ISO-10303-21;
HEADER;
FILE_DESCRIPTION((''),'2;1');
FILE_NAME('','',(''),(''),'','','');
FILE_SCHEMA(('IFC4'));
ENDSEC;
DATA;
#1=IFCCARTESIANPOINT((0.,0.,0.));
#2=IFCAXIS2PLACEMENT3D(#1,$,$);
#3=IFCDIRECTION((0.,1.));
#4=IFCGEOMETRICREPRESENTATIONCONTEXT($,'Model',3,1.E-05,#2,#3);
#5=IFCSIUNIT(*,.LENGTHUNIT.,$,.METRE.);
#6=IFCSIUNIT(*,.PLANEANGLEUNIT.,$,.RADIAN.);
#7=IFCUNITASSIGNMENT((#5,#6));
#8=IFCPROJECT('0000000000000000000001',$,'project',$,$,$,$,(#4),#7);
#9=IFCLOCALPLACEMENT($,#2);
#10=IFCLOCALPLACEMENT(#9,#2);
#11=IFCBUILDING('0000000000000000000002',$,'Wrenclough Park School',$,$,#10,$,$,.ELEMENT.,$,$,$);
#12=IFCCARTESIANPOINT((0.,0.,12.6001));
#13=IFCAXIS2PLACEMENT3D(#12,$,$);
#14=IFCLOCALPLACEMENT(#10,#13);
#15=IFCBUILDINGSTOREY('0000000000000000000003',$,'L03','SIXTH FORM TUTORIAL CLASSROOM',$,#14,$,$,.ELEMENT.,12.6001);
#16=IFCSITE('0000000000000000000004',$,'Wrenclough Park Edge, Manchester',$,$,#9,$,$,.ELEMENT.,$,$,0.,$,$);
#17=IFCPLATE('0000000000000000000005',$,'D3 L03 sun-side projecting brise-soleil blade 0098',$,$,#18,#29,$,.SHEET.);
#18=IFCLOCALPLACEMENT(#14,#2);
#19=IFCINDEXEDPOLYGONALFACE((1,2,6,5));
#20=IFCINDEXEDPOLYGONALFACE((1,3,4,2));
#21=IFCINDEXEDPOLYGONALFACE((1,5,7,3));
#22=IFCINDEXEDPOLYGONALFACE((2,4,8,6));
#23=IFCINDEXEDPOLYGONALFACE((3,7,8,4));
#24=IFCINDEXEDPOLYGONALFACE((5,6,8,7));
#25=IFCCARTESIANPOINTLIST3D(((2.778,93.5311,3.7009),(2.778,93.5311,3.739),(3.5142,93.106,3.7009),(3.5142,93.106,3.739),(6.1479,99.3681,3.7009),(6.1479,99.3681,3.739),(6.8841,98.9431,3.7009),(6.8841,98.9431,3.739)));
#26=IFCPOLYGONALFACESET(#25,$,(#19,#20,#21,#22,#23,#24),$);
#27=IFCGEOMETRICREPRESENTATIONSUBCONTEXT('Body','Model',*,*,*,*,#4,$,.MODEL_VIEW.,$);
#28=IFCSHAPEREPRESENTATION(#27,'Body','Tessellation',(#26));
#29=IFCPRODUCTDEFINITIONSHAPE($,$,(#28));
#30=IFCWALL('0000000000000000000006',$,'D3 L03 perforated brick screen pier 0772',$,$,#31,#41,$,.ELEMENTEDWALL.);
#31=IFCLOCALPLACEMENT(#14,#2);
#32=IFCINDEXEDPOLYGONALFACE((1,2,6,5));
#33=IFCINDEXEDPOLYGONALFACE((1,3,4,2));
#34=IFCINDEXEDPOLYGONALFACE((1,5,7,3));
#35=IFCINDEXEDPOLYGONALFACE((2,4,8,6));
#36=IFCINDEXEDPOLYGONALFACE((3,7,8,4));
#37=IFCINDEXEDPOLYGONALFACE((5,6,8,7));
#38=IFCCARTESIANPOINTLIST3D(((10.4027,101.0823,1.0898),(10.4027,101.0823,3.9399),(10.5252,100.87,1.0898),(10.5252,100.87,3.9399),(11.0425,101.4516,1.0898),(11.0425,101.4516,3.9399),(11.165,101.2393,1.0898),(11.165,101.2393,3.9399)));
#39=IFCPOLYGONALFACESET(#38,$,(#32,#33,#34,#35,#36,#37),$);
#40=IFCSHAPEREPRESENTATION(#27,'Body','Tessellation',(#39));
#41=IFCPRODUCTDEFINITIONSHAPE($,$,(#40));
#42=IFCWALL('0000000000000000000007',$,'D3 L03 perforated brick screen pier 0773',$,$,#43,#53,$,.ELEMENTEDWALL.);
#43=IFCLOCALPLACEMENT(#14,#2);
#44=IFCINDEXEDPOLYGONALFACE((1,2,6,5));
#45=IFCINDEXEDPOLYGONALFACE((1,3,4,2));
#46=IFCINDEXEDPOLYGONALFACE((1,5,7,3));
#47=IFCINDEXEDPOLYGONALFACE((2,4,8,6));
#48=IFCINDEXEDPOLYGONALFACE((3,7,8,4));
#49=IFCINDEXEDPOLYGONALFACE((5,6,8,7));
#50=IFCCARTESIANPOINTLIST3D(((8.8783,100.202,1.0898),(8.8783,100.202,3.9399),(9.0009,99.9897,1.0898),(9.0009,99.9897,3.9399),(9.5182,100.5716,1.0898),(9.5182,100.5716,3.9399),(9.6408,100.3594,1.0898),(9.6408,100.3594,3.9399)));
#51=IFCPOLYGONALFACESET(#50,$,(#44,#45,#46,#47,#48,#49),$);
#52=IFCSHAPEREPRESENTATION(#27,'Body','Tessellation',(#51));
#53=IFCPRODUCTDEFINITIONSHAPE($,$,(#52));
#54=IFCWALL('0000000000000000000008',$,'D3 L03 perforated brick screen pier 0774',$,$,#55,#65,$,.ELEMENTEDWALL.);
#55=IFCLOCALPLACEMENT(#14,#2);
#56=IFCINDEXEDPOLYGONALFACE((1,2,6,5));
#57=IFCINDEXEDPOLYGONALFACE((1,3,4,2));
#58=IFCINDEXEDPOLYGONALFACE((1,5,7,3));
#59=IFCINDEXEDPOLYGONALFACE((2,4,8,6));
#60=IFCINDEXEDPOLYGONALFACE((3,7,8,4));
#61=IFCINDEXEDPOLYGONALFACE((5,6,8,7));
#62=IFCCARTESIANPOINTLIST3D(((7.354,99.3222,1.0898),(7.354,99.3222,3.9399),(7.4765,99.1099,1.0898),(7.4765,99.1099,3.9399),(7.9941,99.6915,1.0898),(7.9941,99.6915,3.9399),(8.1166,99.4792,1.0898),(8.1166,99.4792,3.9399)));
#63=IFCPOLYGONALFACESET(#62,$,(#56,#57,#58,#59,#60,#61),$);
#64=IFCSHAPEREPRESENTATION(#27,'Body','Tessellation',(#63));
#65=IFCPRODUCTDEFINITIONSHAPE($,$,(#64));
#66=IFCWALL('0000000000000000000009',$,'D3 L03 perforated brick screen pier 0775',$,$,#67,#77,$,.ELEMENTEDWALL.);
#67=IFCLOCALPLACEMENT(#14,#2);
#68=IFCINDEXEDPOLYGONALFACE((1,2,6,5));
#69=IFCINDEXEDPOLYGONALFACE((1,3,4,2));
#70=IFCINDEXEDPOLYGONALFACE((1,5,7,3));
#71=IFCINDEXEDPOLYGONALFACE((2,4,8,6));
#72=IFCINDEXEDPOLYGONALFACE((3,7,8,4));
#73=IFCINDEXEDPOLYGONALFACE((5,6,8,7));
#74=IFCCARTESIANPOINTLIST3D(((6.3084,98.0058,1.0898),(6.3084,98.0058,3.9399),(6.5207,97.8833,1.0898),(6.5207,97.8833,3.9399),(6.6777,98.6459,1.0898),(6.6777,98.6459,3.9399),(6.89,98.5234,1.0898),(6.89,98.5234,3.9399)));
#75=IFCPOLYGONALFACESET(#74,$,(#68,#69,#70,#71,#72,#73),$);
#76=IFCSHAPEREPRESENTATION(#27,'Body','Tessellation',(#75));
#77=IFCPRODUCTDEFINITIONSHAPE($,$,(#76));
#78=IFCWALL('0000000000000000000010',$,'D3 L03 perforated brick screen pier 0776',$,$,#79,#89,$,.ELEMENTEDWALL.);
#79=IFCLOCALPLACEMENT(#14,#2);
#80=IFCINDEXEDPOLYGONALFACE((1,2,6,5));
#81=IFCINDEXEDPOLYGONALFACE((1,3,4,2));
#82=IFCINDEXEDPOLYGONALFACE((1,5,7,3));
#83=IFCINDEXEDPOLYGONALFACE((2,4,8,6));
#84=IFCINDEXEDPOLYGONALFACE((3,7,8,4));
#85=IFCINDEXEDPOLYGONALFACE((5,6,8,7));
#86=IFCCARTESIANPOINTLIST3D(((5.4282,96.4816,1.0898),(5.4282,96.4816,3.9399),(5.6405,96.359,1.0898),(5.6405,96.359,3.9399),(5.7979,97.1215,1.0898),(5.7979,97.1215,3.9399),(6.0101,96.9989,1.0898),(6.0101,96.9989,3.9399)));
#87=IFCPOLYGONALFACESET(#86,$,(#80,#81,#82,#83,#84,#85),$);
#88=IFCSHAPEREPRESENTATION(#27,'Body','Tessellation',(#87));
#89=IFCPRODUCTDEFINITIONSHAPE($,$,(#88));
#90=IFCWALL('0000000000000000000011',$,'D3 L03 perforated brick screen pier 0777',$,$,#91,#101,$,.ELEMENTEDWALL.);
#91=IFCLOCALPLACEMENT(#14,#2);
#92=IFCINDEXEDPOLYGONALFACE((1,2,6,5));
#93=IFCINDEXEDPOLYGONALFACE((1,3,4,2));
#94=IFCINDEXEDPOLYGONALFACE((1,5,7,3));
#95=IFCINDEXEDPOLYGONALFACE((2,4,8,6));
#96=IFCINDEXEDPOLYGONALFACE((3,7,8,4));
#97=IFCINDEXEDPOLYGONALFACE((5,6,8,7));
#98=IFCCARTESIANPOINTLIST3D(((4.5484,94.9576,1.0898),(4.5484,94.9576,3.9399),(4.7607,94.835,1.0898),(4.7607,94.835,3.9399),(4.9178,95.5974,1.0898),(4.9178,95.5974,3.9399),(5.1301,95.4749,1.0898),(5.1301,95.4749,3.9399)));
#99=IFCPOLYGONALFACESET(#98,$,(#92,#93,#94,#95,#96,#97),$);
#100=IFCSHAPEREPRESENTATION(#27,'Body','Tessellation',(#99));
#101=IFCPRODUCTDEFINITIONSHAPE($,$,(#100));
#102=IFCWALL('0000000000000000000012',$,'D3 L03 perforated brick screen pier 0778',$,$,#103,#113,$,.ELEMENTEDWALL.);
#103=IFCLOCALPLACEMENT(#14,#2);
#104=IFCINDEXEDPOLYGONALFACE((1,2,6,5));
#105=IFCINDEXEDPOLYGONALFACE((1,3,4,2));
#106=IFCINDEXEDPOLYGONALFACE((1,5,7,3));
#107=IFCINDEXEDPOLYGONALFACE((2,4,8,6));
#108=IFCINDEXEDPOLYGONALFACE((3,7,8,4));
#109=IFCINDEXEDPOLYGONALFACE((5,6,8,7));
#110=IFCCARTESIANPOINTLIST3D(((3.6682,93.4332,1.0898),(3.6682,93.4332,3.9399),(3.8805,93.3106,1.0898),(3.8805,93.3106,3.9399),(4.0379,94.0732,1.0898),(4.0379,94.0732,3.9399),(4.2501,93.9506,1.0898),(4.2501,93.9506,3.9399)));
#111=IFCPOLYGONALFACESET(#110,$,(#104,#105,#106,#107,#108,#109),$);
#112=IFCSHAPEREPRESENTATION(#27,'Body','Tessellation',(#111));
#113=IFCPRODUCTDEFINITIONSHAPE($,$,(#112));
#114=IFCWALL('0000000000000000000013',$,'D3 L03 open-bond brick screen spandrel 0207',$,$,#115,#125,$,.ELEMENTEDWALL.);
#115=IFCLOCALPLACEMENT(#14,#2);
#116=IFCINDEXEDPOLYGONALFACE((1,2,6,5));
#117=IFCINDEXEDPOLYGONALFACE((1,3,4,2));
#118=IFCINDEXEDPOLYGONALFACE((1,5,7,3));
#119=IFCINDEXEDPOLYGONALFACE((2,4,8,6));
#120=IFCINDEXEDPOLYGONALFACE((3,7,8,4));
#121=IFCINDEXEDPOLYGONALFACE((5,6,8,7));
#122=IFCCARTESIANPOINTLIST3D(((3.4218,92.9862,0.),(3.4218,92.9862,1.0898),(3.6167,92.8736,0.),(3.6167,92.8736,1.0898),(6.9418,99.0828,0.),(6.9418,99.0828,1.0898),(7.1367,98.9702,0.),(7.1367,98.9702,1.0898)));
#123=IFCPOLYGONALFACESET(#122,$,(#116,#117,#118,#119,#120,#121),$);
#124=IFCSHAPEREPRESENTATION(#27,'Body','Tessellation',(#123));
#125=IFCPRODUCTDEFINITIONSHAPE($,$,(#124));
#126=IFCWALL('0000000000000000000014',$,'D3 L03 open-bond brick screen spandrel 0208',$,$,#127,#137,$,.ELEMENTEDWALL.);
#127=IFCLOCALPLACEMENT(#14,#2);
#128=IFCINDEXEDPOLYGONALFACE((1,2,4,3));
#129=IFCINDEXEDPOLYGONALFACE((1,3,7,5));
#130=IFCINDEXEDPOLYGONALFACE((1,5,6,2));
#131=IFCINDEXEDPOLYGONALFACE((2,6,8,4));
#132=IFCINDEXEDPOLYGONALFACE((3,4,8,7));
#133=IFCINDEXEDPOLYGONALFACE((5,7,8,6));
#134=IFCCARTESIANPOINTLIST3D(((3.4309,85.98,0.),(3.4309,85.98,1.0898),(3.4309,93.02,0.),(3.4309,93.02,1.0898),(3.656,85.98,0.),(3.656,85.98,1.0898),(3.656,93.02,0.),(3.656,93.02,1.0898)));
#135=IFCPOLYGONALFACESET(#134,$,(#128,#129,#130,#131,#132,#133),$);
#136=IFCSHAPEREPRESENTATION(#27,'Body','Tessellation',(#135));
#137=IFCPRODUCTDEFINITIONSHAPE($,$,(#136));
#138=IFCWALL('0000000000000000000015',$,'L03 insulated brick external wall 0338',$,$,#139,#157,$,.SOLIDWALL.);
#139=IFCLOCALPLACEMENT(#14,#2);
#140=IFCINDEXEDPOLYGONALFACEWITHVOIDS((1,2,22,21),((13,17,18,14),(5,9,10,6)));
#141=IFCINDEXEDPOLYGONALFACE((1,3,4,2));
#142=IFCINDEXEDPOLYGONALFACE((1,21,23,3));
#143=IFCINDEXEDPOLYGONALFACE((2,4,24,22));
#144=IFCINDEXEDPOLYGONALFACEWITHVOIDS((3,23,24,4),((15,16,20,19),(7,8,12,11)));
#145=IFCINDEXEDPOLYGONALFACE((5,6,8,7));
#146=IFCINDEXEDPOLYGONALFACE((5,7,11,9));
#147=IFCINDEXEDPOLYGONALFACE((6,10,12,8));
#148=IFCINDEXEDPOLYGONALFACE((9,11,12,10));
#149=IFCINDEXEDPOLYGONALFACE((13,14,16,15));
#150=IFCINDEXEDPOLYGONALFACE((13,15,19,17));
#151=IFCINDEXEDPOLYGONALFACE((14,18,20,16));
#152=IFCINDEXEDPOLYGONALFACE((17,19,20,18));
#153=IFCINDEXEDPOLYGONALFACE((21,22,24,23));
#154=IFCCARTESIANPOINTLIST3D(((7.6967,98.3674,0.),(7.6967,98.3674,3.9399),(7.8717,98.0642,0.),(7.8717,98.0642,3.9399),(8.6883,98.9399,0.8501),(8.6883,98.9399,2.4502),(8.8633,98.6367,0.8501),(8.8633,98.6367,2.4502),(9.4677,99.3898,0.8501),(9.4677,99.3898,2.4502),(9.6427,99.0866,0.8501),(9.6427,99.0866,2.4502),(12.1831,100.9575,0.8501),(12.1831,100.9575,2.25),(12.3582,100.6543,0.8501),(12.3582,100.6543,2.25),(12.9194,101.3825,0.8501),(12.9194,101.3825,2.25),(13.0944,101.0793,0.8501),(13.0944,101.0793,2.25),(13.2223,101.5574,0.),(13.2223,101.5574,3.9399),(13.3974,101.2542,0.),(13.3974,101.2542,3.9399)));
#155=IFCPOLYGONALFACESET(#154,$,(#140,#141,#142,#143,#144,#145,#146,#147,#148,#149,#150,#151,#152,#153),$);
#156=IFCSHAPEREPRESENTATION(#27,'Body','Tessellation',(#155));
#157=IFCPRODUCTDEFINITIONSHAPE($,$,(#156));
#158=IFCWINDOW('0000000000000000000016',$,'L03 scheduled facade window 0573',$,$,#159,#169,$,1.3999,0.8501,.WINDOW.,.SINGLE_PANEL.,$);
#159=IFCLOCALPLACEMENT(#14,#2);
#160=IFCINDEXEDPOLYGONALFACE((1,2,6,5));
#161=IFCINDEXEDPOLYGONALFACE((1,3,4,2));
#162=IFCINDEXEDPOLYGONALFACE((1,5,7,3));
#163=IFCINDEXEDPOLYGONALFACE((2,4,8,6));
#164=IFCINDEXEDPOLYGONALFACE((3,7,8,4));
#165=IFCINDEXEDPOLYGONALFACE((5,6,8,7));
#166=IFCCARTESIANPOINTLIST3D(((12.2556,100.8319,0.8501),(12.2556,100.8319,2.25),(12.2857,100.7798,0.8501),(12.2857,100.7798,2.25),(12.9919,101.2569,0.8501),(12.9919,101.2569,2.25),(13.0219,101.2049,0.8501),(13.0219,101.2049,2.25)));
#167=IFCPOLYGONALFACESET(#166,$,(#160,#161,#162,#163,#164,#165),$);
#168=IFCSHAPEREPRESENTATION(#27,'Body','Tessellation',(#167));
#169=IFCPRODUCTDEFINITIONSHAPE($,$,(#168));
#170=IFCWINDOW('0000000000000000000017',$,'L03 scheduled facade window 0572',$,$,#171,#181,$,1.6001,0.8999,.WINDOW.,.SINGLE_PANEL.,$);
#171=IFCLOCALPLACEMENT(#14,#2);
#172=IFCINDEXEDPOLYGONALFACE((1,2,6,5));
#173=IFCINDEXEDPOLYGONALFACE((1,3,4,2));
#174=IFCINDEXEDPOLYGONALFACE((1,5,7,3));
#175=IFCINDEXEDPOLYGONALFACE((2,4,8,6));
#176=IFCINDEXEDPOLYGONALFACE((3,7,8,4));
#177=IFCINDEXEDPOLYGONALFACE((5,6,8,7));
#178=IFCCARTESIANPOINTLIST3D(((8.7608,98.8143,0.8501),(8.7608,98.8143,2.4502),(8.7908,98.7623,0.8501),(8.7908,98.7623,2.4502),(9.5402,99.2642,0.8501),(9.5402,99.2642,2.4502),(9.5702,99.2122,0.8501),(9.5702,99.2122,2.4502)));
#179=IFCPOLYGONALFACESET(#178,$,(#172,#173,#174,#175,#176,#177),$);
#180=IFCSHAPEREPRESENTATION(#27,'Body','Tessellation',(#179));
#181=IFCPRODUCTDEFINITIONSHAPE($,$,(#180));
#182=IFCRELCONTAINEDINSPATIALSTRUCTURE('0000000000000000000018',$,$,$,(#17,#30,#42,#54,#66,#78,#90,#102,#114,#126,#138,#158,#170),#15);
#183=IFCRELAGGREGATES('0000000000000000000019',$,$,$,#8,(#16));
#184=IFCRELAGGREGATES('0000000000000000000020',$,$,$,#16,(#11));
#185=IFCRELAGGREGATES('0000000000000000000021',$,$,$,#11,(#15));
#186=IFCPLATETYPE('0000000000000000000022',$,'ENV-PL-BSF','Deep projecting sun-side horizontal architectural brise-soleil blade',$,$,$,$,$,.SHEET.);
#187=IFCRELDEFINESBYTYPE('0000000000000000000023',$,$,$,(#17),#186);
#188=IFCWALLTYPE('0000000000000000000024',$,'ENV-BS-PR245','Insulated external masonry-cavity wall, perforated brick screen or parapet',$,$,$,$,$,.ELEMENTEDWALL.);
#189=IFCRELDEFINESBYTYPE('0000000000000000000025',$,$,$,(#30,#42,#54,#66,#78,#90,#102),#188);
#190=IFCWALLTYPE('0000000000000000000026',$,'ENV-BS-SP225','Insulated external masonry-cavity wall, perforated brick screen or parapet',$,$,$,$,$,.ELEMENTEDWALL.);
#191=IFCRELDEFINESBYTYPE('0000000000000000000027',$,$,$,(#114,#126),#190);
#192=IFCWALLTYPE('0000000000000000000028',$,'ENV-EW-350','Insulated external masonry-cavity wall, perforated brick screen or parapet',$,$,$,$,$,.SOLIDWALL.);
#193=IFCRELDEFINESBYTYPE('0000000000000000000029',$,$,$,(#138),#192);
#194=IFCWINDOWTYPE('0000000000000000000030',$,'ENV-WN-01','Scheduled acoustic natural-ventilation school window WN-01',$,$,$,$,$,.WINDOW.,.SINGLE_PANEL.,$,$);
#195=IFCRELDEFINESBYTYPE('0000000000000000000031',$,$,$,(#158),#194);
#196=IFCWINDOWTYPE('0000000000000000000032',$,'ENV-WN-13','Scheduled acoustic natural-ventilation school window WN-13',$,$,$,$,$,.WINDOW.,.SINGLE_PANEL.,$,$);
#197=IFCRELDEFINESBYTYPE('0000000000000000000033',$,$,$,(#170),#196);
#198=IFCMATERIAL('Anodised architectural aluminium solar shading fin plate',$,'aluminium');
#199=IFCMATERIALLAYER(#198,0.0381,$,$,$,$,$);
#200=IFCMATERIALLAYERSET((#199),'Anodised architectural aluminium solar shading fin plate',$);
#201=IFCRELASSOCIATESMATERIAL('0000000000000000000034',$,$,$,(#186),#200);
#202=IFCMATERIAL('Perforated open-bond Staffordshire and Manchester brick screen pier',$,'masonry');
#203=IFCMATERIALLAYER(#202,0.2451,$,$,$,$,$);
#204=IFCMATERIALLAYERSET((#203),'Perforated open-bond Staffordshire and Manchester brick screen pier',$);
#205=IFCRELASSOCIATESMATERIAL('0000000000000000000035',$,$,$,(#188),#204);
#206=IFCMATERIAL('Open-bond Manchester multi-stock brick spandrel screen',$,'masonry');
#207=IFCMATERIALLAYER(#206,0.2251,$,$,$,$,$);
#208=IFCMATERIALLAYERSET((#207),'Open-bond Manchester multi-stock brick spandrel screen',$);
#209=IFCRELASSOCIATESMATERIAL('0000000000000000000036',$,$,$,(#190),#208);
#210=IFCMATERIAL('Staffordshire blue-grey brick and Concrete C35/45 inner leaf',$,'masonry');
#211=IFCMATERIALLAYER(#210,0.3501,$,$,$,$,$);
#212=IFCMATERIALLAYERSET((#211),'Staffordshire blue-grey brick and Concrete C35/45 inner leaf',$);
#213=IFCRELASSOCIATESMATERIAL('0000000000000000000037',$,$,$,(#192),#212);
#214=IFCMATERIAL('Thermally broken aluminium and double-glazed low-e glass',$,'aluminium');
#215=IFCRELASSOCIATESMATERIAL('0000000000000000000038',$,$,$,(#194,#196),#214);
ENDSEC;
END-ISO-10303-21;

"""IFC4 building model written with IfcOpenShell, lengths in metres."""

from ifc_helpers import new_model, si_unit, direction, frame, frame_2d, origin, origin_2d, place, context, subcontext, project, spatial, rectangle, extrude, material, layer, layer_set, type_object, element, fill, save


model = new_model("IFC4")

# Units and contexts
model_context = context("Model", 3, precision=1e-05, world=origin(), true_north=direction((0.0, 1.0)))
body_context = subcontext(model_context, "Body", "Model", "MODEL_VIEW")
ifc_project = project(units=[si_unit("LENGTHUNIT", "METRE"), si_unit("PLANEANGLEUNIT", "RADIAN")], contexts=[model_context])

# Site, building, storey
site_placement = place(None, origin())
site = spatial("IfcSite", under=ifc_project, at=site_placement, Name="Wrenclough Park Edge, Manchester", CompositionType="ELEMENT", RefElevation=0.0)
building_placement = place(site_placement, origin())
building = spatial("IfcBuilding", under=site, at=building_placement, Name="Wrenclough Park School", CompositionType="ELEMENT")
storey_placement = place(building_placement, frame((0.0, 0.0, 12.6001)))
storey = spatial("IfcBuildingStorey", under=building, at=storey_placement, Name="L03", Description="SIXTH FORM TUTORIAL CLASSROOM", CompositionType="ELEMENT", Elevation=12.6001)

# Plate
ifc_material_1 = material(Name="Anodised architectural aluminium solar shading fin plate", Category="aluminium")
ifc_layer_1 = layer(ifc_material_1, 0.0381)
ifc_layer_set_1 = layer_set([ifc_layer_1], Name="Anodised architectural aluminium solar shading fin plate")
plate_type = type_object("IfcPlateType", Name="ENV-PL-BSF", Description="Deep projecting sun-side horizontal architectural brise-soleil blade", PredefinedType="SHEET", material=ifc_layer_set_1)
plate_placement = place(storey_placement, frame((4.8311, 96.2371, 3.7009), z_axis=(0.0, 0.0, 1.0), x_axis=(-0.499991, -0.866031, 0.0)))
element("IfcPlate", 1, at=plate_placement, inside=storey, type_object=plate_type, Name="D3 L03 sun-side projecting brise-soleil blade 0098", PredefinedType="SHEET", context=body_context, shape_type="SweptSolid", body=[
    extrude(rectangle(XDim=6.74, YDim=0.8501, at=origin_2d()), origin(), (0.0, 0.0, 1.0), 0.0381),
])

# Walls
ifc_material_2 = material(Name="Perforated open-bond Staffordshire and Manchester brick screen pier", Category="masonry")
ifc_layer_2 = layer(ifc_material_2, 0.2451)
ifc_layer_set_2 = layer_set([ifc_layer_2], Name="Perforated open-bond Staffordshire and Manchester brick screen pier")
wall_type_1 = type_object("IfcWallType", Name="ENV-BS-PR245", Description="Insulated external masonry-cavity wall, perforated brick screen or parapet", PredefinedType="ELEMENTEDWALL", material=ifc_layer_set_2)
wall_1_placement = place(storey_placement, frame((11.1038, 101.3455, 1.0898), z_axis=(0.0, 0.0, 1.0), x_axis=(-0.866059, -0.499942, 0.0)))
element("IfcWall", 2, at=wall_1_placement, inside=storey, type_object=wall_type_1, Name="D3 L03 perforated brick screen pier 0772", PredefinedType="ELEMENTEDWALL", context=body_context, shape_type="SweptSolid", body=[
    extrude(rectangle(XDim=0.7388, YDim=0.2451, at=frame_2d((0.3694, 0.0))), origin(), (0.0, 0.0, 1.0), 2.8501),
])
for number, where, z_axis, x_axis, name in (
    (3, (9.5796, 100.4656, 1.0898), (0.0, 0.0, 1.0), (-0.865916, -0.50019, 0.0), "D3 L03 perforated brick screen pier 0773"),
    (4, (8.0554, 99.5854, 1.0898), (0.0, 0.0, 1.0), (-0.866142, -0.499799, 0.0), "D3 L03 perforated brick screen pier 0774"),
    (5, (6.7839, 98.5847, 1.0898), (0.0, 0.0, 1.0), (-0.499799, -0.866142, 0.0), "D3 L03 perforated brick screen pier 0775"),
    (6, (5.9041, 97.0603, 1.0898), (0.0, 0.0, 1.0), (-0.50019, -0.865916, 0.0), "D3 L03 perforated brick screen pier 0776"),
):
    element("IfcWall", number, at=place(storey_placement, frame(where, z_axis=z_axis, x_axis=x_axis)), inside=storey, type_object=wall_type_1, Name=name, PredefinedType="ELEMENTEDWALL", context=body_context, shape_type="SweptSolid", body=[
        extrude(rectangle(XDim=0.739, YDim=0.2451, at=frame_2d((0.3696, 0.0))), origin(), (0.0, 0.0, 1.0), 2.8501),
    ])
wall_2_placement = place(storey_placement, frame((5.0239, 95.5361, 1.0898), z_axis=(0.0, 0.0, 1.0), x_axis=(-0.499942, -0.866059, 0.0)))
element("IfcWall", 7, at=wall_2_placement, inside=storey, type_object=wall_type_1, Name="D3 L03 perforated brick screen pier 0777", PredefinedType="ELEMENTEDWALL", context=body_context, shape_type="SweptSolid", body=[
    extrude(rectangle(XDim=0.7388, YDim=0.2451, at=frame_2d((0.3694, 0.0))), origin(), (0.0, 0.0, 1.0), 2.8501),
])
wall_3_placement = place(storey_placement, frame((4.144, 94.012, 1.0898), z_axis=(0.0, 0.0, 1.0), x_axis=(-0.50019, -0.865916, 0.0)))
element("IfcWall", 8, at=wall_3_placement, inside=storey, type_object=wall_type_1, Name="D3 L03 perforated brick screen pier 0778", PredefinedType="ELEMENTEDWALL", context=body_context, shape_type="SweptSolid", body=[
    extrude(rectangle(XDim=0.739, YDim=0.2451, at=frame_2d((0.3696, 0.0))), origin(), (0.0, 0.0, 1.0), 2.8501),
])
ifc_material_3 = material(Name="Open-bond Manchester multi-stock brick spandrel screen", Category="masonry")
ifc_layer_3 = layer(ifc_material_3, 0.2251)
ifc_layer_set_3 = layer_set([ifc_layer_3], Name="Open-bond Manchester multi-stock brick spandrel screen")
wall_type_2 = type_object("IfcWallType", Name="ENV-BS-SP225", Description="Insulated external masonry-cavity wall, perforated brick screen or parapet", PredefinedType="ELEMENTEDWALL", material=ifc_layer_set_3)
wall_4_placement = place(storey_placement, frame((7.0393, 99.0266, 0.0), z_axis=(0.0, 0.0, 1.0), x_axis=(-0.500011, -0.866019, 0.0)))
element("IfcWall", 9, at=wall_4_placement, inside=storey, type_object=wall_type_2, Name="D3 L03 open-bond brick screen spandrel 0207", PredefinedType="ELEMENTEDWALL", context=body_context, shape_type="SweptSolid", body=[
    extrude(rectangle(XDim=7.0398, YDim=0.2251, at=frame_2d((3.52, 0.0))), origin(), (0.0, 0.0, 1.0), 1.0898),
])
wall_5_placement = place(storey_placement, frame((3.5435, 93.02, 0.0), z_axis=(0.0, 0.0, 1.0), x_axis=(0.0, -1.0, 0.0)))
element("IfcWall", 10, at=wall_5_placement, inside=storey, type_object=wall_type_2, Name="D3 L03 open-bond brick screen spandrel 0208", PredefinedType="ELEMENTEDWALL", context=body_context, shape_type="SweptSolid", body=[
    extrude(rectangle(XDim=7.04, YDim=0.2251, at=frame_2d((3.52, 0.0))), origin(), (0.0, 0.0, 1.0), 1.0898),
])

# Wall, openings, windows
ifc_material_4 = material(Name="Staffordshire blue-grey brick and Concrete C35/45 inner leaf", Category="masonry")
ifc_layer_4 = layer(ifc_material_4, 0.3501)
ifc_layer_set_4 = layer_set([ifc_layer_4], Name="Staffordshire blue-grey brick and Concrete C35/45 inner leaf")
wall_type_3 = type_object("IfcWallType", Name="ENV-EW-350", Description="Insulated external masonry-cavity wall, perforated brick screen or parapet", PredefinedType="SOLIDWALL", material=ifc_layer_set_4)
wall_6_placement = place(storey_placement, frame((7.7842, 98.2158, 0.0), z_axis=(0.0, 0.0, 1.0), x_axis=(0.866045, 0.499966, 0.0)))
wall_6 = element("IfcWall", 11, at=wall_6_placement, inside=storey, type_object=wall_type_3, Name="L03 insulated brick external wall 0338", PredefinedType="SOLIDWALL", context=body_context, shape_type="SweptSolid", body=[
    extrude(rectangle(XDim=6.3804, YDim=0.3501, at=frame_2d((3.1902, 0.0))), origin(), (0.0, 0.0, 1.0), 3.9399),
])
opening_1_placement = place(wall_6_placement, frame((1.145, 0.0, 0.8501)))
opening_1 = element("IfcOpeningElement", 12, at=opening_1_placement, cuts=wall_6, PredefinedType="OPENING", context=body_context, shape_type="SweptSolid", body=[
    extrude(rectangle(XDim=0.8999, YDim=1.6001, at=frame_2d((0.45, 0.8))), frame((0.0, 0.1851, 0.0), z_axis=(0.0, -1.0, 0.0), x_axis=(1.0, 0.0, 0.0)), (0.0, 0.0, 1.0), 0.3701),
])
opening_2_placement = place(wall_6_placement, frame((5.1804, 0.0, 0.8501)))
opening_2 = element("IfcOpeningElement", 13, at=opening_2_placement, cuts=wall_6, PredefinedType="OPENING", context=body_context, shape_type="SweptSolid", body=[
    extrude(rectangle(XDim=0.8501, YDim=1.3999, at=frame_2d((0.425, 0.7))), frame((0.0, 0.1851, 0.0), z_axis=(0.0, -1.0, 0.0), x_axis=(1.0, 0.0, 0.0)), (0.0, 0.0, 1.0), 0.3701),
])
ifc_material_5 = material(Name="Thermally broken aluminium and double-glazed low-e glass", Category="aluminium")
window_type_1 = type_object("IfcWindowType", Name="ENV-WN-01", Description="Scheduled acoustic natural-ventilation school window WN-01", PartitioningType="SINGLE_PANEL", PredefinedType="WINDOW", material=ifc_material_5)
window_1_placement = place(opening_2_placement, origin())
window_1 = element("IfcWindow", 14, at=window_1_placement, inside=storey, type_object=window_type_1, Name="L03 scheduled facade window 0573", OverallHeight=1.3999, OverallWidth=0.8501, PartitioningType="SINGLE_PANEL", PredefinedType="WINDOW", context=body_context, shape_type="SweptSolid", body=[
    extrude(rectangle(XDim=0.8501, YDim=1.3999, at=frame_2d((0.425, 0.7))), frame((0.0, 0.03, 0.0), z_axis=(0.0, -1.0, 0.0), x_axis=(1.0, 0.0, 0.0)), (0.0, 0.0, 1.0), 0.0601),
])
fill(opening_2, window_1)
window_type_2 = type_object("IfcWindowType", Name="ENV-WN-13", Description="Scheduled acoustic natural-ventilation school window WN-13", PartitioningType="SINGLE_PANEL", PredefinedType="WINDOW", material=ifc_material_5)
window_2_placement = place(opening_1_placement, origin())
window_2 = element("IfcWindow", 15, at=window_2_placement, inside=storey, type_object=window_type_2, Name="L03 scheduled facade window 0572", OverallHeight=1.6001, OverallWidth=0.8999, PartitioningType="SINGLE_PANEL", PredefinedType="WINDOW", context=body_context, shape_type="SweptSolid", body=[
    extrude(rectangle(XDim=0.8999, YDim=1.6001, at=frame_2d((0.45, 0.8))), frame((0.0, 0.03, 0.0), z_axis=(0.0, -1.0, 0.0), x_axis=(1.0, 0.0, 0.0)), (0.0, 0.0, 1.0), 0.0601),
])
fill(opening_1, window_2)

save(model, "model.ifc")
